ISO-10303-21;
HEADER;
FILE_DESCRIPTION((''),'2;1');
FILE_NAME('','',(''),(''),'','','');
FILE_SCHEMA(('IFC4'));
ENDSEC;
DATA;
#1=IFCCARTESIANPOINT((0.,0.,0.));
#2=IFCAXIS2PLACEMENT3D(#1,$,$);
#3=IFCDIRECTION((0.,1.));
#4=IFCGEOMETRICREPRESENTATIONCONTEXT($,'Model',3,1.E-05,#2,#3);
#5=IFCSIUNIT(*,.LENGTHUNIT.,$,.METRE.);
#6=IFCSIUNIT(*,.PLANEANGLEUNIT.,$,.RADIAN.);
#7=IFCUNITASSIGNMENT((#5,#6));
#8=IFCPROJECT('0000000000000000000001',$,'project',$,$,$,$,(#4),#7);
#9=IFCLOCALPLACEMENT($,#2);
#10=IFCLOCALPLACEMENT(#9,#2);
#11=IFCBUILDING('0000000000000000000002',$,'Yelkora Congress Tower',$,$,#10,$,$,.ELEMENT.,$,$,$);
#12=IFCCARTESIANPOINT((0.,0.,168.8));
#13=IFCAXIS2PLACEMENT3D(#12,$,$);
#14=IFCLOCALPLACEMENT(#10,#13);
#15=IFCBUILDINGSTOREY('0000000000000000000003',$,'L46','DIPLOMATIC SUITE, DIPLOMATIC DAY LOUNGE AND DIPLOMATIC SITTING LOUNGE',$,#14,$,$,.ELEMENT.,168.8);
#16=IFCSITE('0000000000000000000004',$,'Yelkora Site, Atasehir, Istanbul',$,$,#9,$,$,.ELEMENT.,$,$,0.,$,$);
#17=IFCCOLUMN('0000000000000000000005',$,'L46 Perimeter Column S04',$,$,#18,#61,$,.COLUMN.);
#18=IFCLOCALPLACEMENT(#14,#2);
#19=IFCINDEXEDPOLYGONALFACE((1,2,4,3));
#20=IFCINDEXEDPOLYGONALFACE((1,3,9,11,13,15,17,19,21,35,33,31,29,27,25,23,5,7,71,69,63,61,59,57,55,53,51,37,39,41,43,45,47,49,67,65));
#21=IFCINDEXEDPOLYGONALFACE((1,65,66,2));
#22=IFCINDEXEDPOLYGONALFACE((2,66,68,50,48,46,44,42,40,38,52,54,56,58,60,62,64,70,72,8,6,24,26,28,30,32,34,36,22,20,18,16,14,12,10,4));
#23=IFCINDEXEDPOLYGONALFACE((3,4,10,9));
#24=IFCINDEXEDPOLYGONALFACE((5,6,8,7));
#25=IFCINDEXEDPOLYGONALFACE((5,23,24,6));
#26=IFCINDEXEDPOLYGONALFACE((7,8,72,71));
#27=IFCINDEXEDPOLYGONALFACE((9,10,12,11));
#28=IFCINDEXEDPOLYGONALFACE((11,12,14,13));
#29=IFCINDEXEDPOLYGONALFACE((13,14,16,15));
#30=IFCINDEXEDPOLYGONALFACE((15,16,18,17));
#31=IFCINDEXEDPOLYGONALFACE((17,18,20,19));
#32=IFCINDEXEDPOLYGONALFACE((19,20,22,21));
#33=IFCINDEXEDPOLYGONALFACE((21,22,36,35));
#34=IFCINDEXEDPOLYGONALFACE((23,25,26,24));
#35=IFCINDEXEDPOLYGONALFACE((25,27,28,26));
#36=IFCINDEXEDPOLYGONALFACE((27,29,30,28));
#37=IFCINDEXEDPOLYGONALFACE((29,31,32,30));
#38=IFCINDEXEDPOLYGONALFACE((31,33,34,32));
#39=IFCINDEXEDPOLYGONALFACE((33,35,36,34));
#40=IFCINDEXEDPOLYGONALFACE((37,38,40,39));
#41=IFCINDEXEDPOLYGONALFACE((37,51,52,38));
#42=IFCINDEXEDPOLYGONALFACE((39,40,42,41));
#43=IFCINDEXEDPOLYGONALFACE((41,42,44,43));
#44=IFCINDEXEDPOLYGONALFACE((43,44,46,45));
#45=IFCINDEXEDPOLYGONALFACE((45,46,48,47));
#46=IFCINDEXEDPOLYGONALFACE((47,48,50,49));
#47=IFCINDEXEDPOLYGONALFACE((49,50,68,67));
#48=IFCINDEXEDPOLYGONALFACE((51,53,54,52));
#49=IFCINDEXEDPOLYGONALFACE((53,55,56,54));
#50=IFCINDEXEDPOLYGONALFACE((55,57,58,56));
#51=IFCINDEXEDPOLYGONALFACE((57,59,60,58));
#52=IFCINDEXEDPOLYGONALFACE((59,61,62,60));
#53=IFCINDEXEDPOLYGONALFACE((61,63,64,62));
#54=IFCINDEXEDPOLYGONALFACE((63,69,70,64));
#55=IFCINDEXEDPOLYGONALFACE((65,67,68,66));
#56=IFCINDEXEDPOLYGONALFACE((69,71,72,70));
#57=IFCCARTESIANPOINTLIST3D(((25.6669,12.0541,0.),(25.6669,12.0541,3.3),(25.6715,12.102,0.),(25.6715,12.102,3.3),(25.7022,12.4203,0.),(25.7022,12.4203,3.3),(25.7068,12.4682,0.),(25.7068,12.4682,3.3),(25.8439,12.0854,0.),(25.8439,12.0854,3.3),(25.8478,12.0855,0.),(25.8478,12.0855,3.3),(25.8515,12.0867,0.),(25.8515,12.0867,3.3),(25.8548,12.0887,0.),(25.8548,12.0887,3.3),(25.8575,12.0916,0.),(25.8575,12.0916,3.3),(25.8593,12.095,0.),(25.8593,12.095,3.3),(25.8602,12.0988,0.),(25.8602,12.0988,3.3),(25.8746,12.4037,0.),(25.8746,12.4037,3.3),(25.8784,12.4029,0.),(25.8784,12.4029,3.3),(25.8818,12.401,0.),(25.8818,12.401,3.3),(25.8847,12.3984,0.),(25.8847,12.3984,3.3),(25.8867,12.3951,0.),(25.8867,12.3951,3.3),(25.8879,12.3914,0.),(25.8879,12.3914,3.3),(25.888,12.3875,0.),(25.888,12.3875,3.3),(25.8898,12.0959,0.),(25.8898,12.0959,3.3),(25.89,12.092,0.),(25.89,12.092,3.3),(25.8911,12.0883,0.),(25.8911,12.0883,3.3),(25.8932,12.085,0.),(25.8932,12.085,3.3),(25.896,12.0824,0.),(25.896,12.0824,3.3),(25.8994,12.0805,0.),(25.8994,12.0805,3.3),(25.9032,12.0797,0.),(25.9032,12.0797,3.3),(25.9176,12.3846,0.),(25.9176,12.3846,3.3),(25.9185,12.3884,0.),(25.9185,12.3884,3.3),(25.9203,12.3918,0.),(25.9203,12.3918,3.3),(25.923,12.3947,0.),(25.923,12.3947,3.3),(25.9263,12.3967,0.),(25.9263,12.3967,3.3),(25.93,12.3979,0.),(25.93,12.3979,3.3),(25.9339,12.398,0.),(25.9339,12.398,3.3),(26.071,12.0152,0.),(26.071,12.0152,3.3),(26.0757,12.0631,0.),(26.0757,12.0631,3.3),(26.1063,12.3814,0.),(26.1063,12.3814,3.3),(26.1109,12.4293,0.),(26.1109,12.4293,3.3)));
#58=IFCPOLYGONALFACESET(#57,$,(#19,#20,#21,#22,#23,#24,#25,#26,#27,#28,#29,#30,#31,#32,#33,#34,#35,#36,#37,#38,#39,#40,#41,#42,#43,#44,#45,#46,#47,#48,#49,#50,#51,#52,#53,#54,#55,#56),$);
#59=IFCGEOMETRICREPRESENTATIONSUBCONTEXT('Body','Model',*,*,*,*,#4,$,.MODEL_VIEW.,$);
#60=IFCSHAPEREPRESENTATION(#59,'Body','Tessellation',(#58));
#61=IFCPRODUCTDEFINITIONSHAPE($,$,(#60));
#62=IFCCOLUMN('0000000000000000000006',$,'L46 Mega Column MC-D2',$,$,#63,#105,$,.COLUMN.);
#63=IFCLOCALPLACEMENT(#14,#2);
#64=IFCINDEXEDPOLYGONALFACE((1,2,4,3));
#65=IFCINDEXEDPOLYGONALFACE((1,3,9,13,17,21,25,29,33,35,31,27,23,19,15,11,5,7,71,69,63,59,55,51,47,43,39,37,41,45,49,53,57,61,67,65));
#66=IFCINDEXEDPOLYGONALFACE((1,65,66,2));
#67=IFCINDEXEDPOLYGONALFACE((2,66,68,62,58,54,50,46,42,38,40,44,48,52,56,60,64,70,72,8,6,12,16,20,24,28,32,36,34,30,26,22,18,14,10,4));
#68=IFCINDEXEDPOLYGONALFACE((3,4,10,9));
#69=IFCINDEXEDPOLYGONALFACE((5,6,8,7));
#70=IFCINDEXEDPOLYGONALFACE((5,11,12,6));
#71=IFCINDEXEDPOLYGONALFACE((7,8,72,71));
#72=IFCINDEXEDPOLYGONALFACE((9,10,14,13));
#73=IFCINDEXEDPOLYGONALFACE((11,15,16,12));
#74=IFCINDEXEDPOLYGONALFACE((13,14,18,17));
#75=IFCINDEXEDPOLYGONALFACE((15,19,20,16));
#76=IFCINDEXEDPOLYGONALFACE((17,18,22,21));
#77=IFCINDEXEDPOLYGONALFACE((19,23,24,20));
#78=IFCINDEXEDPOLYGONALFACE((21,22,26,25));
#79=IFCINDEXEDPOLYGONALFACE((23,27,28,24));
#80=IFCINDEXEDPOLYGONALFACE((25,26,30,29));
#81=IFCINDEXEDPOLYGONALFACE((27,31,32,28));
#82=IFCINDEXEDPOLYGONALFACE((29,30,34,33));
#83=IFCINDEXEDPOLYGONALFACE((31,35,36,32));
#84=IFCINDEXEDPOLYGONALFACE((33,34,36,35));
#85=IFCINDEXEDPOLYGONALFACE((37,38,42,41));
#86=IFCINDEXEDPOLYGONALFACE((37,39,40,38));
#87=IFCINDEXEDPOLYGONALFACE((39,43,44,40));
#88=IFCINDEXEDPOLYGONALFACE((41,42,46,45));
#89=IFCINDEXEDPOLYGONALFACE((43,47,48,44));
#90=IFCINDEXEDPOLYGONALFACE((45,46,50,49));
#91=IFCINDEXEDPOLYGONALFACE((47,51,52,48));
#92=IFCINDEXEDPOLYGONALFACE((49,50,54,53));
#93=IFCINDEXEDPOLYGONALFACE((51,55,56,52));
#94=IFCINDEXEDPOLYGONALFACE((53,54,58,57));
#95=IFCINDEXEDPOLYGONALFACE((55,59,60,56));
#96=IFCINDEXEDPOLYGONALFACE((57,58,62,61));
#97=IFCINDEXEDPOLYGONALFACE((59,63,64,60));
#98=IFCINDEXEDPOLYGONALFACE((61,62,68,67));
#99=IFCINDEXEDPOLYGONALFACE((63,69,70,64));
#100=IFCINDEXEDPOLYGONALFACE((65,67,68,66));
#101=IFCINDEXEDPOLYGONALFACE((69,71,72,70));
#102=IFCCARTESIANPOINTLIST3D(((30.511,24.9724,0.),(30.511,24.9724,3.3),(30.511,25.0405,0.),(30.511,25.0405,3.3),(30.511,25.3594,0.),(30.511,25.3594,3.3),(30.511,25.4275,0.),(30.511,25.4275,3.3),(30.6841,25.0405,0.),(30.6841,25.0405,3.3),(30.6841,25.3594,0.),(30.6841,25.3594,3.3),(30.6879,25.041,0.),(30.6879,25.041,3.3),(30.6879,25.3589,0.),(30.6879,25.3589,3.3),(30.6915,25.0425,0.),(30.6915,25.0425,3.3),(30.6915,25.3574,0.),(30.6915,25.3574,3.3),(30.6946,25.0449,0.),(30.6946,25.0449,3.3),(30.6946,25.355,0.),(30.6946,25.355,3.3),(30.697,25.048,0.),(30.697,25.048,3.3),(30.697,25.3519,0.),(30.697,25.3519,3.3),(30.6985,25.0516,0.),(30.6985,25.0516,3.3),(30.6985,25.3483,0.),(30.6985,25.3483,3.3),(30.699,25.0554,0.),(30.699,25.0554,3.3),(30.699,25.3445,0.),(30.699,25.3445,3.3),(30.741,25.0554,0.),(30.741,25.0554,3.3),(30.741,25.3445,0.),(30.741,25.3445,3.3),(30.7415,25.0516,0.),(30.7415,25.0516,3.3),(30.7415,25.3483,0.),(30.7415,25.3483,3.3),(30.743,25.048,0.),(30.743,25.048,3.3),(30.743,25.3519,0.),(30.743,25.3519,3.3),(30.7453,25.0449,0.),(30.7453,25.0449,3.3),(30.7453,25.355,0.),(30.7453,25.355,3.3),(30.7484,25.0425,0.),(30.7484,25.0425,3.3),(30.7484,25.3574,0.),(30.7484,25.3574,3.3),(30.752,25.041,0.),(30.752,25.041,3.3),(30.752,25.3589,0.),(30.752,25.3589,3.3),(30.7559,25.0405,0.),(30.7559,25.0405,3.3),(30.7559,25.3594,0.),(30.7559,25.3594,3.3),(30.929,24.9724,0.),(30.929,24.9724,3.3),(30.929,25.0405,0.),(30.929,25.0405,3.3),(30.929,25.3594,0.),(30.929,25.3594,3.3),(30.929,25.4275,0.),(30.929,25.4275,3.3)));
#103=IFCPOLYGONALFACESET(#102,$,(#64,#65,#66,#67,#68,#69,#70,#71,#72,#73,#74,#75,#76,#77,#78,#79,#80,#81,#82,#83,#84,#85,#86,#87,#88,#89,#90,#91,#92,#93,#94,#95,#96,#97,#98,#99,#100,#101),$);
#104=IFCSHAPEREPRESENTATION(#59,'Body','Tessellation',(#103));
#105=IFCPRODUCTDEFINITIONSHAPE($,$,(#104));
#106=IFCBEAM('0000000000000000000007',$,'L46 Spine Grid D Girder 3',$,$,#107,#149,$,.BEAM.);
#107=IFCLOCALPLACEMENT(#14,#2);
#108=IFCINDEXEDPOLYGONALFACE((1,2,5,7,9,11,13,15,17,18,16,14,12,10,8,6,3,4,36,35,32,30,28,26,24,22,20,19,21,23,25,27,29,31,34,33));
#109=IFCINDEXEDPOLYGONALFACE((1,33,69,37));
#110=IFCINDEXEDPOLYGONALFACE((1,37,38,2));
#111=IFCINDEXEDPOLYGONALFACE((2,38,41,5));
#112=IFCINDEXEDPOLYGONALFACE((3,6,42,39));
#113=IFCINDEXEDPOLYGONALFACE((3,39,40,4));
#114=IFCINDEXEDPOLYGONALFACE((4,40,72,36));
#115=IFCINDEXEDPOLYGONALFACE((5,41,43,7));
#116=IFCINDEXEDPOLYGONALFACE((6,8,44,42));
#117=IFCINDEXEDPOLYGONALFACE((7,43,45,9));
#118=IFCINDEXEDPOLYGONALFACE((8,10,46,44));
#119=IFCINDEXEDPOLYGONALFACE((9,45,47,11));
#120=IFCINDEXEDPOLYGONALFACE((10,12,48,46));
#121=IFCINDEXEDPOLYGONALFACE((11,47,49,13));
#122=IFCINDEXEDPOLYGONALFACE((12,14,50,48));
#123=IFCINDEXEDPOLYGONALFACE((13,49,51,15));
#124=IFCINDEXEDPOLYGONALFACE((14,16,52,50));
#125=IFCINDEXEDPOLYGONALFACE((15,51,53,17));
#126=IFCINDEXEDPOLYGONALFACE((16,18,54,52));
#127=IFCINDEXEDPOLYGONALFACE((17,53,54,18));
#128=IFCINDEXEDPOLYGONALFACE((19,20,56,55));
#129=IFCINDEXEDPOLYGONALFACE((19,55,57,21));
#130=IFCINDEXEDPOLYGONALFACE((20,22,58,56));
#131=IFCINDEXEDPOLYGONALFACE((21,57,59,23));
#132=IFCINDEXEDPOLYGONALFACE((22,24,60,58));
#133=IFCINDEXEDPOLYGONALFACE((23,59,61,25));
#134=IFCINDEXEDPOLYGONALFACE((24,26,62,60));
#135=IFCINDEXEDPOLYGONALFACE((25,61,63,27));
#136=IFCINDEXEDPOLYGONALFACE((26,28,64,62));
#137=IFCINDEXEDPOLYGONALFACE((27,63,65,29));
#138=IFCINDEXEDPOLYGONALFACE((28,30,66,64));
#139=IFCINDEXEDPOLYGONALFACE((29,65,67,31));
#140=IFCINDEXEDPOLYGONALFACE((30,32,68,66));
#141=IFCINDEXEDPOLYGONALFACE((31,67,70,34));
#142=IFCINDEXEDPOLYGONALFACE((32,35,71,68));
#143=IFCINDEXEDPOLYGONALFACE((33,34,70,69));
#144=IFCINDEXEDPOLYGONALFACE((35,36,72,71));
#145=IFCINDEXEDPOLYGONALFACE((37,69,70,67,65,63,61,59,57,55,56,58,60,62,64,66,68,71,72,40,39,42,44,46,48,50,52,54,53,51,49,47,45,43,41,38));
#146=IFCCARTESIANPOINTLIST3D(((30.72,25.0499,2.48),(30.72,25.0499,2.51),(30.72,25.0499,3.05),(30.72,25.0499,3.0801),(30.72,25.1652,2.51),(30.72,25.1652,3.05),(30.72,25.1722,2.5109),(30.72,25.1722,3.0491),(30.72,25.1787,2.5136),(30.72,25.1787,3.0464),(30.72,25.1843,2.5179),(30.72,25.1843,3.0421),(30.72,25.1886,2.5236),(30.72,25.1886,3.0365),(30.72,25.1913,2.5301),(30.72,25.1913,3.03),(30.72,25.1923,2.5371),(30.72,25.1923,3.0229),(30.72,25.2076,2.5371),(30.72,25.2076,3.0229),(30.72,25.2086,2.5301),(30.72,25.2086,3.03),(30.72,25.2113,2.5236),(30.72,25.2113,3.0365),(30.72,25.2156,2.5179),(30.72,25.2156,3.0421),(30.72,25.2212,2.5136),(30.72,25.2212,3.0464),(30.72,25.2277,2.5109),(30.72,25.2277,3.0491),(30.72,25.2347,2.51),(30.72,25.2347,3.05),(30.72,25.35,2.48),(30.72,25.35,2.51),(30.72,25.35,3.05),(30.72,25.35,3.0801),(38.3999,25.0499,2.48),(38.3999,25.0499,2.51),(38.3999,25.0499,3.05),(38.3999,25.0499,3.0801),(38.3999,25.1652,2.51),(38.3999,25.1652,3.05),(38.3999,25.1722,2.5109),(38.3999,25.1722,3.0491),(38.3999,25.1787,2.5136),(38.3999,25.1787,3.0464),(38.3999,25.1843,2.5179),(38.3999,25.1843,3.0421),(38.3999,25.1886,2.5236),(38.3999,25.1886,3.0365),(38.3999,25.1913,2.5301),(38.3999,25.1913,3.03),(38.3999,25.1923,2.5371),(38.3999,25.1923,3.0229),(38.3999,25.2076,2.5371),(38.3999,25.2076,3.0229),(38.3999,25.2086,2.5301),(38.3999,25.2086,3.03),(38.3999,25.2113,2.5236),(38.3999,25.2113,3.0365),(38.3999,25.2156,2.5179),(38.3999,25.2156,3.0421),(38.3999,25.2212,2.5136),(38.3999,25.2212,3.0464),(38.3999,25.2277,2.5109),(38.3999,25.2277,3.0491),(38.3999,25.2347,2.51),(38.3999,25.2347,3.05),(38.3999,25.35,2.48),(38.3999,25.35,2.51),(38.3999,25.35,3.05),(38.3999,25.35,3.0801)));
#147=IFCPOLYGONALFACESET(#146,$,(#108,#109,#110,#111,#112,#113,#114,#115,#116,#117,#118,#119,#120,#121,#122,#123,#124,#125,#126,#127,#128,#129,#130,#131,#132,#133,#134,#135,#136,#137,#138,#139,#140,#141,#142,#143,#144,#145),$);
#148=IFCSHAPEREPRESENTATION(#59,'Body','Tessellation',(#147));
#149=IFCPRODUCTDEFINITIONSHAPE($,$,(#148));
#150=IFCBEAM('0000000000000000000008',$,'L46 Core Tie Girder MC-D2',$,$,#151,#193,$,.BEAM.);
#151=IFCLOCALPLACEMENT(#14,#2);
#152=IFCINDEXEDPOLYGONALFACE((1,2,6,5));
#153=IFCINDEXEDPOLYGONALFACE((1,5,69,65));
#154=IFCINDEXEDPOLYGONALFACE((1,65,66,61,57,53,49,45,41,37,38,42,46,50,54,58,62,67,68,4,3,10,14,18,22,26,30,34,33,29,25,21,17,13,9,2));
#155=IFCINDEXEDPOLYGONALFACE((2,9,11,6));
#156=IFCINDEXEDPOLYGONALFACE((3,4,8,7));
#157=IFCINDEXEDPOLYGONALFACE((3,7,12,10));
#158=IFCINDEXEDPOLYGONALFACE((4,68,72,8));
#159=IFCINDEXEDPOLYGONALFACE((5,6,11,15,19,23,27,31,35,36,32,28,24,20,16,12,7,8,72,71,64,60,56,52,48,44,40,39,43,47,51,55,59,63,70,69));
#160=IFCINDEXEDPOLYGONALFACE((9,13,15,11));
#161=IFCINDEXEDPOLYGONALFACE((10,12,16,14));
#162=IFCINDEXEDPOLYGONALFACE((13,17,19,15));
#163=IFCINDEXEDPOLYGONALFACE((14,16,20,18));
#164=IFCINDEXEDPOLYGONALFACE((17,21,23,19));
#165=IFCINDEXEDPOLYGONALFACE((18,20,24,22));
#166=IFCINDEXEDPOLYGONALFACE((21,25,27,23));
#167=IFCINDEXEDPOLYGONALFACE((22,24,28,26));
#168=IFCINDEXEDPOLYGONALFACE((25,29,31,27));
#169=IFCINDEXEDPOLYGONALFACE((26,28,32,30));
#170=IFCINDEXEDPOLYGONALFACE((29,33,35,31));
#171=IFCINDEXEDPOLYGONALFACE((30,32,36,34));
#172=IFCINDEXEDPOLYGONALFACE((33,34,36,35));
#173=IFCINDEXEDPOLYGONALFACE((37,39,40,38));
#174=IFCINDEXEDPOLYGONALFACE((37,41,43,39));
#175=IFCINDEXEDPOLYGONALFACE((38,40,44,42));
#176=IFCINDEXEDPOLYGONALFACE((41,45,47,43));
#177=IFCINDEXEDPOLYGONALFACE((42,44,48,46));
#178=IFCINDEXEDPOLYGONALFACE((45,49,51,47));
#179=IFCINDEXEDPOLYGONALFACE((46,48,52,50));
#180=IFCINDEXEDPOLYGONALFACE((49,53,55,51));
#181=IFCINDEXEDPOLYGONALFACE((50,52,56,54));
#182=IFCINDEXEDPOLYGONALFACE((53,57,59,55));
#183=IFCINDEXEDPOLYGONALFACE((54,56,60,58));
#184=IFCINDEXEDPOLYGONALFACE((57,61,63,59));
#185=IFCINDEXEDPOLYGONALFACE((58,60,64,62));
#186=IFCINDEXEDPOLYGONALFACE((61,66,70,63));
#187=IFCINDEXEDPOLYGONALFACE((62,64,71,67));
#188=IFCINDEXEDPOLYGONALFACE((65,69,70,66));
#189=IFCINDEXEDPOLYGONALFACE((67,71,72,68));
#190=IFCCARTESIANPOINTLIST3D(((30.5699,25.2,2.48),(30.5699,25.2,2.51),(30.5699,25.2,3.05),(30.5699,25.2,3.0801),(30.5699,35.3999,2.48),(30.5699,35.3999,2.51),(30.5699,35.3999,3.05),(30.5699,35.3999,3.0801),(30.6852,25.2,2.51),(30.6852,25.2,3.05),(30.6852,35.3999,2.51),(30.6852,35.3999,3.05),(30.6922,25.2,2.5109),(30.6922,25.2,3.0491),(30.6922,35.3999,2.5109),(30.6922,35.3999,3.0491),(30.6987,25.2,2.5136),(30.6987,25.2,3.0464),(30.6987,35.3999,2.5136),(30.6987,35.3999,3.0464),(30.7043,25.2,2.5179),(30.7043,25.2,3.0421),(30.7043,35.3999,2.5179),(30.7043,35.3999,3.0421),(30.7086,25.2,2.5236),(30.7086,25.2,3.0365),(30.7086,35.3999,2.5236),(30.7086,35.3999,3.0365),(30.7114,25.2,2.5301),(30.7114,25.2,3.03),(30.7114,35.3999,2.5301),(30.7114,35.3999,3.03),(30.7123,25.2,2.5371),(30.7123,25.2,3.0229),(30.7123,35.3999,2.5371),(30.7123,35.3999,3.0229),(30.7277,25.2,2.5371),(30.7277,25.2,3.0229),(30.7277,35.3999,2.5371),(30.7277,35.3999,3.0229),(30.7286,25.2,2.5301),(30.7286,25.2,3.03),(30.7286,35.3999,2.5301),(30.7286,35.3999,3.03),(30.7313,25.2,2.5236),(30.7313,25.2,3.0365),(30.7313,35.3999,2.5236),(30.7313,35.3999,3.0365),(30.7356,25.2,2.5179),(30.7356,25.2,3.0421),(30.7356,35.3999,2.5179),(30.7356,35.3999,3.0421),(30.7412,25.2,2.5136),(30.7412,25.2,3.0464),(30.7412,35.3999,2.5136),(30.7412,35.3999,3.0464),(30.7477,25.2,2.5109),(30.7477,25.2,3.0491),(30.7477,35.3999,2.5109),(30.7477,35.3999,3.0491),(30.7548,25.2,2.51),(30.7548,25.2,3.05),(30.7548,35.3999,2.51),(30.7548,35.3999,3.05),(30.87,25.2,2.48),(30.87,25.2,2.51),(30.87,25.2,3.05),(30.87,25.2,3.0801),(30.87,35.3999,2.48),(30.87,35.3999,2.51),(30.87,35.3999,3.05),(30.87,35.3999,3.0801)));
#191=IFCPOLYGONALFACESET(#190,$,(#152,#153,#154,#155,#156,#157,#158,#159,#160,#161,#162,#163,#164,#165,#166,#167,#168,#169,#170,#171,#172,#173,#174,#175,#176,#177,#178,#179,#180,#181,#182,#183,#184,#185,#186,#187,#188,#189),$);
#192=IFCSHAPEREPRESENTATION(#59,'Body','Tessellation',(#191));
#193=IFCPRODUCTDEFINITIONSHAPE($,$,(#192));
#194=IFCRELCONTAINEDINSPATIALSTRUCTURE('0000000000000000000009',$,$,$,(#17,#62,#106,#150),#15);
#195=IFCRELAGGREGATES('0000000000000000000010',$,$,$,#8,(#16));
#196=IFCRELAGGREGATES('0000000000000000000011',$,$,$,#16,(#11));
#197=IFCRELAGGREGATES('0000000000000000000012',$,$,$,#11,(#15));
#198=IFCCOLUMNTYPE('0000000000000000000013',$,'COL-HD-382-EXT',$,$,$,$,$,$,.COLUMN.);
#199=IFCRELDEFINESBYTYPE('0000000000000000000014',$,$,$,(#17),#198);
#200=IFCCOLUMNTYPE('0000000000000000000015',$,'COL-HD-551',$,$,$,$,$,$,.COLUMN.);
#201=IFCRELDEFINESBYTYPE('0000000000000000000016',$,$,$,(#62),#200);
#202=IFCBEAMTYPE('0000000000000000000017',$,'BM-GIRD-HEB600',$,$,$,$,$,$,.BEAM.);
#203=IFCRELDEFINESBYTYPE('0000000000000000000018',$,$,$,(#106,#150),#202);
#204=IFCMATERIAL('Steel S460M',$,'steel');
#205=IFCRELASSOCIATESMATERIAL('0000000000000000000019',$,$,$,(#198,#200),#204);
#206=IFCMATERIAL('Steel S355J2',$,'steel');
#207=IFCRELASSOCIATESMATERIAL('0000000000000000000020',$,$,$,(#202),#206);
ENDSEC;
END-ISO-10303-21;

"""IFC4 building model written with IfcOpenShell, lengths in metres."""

from ifc_helpers import new_model, si_unit, direction, frame, origin, origin_2d, place, context, subcontext, project, spatial, i_section, extrude, material, material_profile, profile_set, type_object, element, save


model = new_model("IFC4")

# Units and contexts
model_context = context("Model", 3, precision=1e-05, world=origin(), true_north=direction((0.0, 1.0)))
body_context = subcontext(model_context, "Body", "Model", "MODEL_VIEW")
ifc_project = project(units=[si_unit("LENGTHUNIT", "METRE"), si_unit("PLANEANGLEUNIT", "RADIAN")], contexts=[model_context])

# Site, building, storey
site_placement = place(None, origin())
site = spatial("IfcSite", under=ifc_project, at=site_placement, Name="Yelkora Site, Atasehir, Istanbul", CompositionType="ELEMENT", RefElevation=0.0)
building_placement = place(site_placement, origin())
building = spatial("IfcBuilding", under=site, at=building_placement, Name="Yelkora Congress Tower", CompositionType="ELEMENT")
storey_placement = place(building_placement, frame((0.0, 0.0, 168.8)))
storey = spatial("IfcBuildingStorey", under=building, at=storey_placement, Name="L46", Description="DIPLOMATIC SUITE, DIPLOMATIC DAY LOUNGE AND DIPLOMATIC SITTING LOUNGE", CompositionType="ELEMENT", Elevation=168.8)

# Columns
ifc_material_1 = material(Name="Steel S460M", Category="steel")
ifc_material_profile_1 = material_profile(ifc_material_1, i_section(OverallWidth=0.406, OverallDepth=0.416, WebThickness=0.0298, FlangeThickness=0.0481, FilletRadius=0.0149, at=origin_2d()), Name="HD 400x382")
ifc_profile_set_1 = profile_set([ifc_material_profile_1], Name="Steel S460M")
column_type_1 = type_object("IfcColumnType", Name="COL-HD-382-EXT", PredefinedType="COLUMN", material=ifc_profile_set_1)
column_1_placement = place(storey_placement, frame((25.8889, 12.2417, 0.0), z_axis=(0.0, 0.0, 1.0), x_axis=(0.995396, -0.095846, 0.0)))
element("IfcColumn", 1, at=column_1_placement, inside=storey, type_object=column_type_1, Name="L46 Perimeter Column S04", PredefinedType="COLUMN", context=body_context, shape_type="SweptSolid", body=[
    extrude(i_section(OverallWidth=0.406, OverallDepth=0.416, WebThickness=0.0298, FlangeThickness=0.0481, FilletRadius=0.0149, at=origin_2d()), origin(), (0.0, 0.0, 1.0), 3.3),
])
ifc_material_profile_2 = material_profile(ifc_material_1, i_section(OverallWidth=0.418, OverallDepth=0.4551, WebThickness=0.042, FlangeThickness=0.0681, FilletRadius=0.0149, at=origin_2d()), Name="HD 400x551")
ifc_profile_set_2 = profile_set([ifc_material_profile_2], Name="Steel S460M")
column_type_2 = type_object("IfcColumnType", Name="COL-HD-551", PredefinedType="COLUMN", material=ifc_profile_set_2)
column_2_placement = place(storey_placement, frame((30.72, 25.2, 0.0), z_axis=(0.0, 0.0, 1.0), x_axis=(1.0, 0.0, 0.0)))
element("IfcColumn", 2, at=column_2_placement, inside=storey, type_object=column_type_2, Name="L46 Mega Column MC-D2", PredefinedType="COLUMN", context=body_context, shape_type="SweptSolid", body=[
    extrude(i_section(OverallWidth=0.418, OverallDepth=0.4551, WebThickness=0.042, FlangeThickness=0.0681, FilletRadius=0.0149, at=origin_2d()), origin(), (0.0, 0.0, 1.0), 3.3),
])

# Beams
ifc_material_2 = material(Name="Steel S355J2", Category="steel")
ifc_material_profile_3 = material_profile(ifc_material_2, i_section(OverallWidth=0.3, OverallDepth=0.6001, WebThickness=0.0154, FlangeThickness=0.03, FilletRadius=0.0271, at=origin_2d()), Name="HEB 600")
ifc_profile_set_3 = profile_set([ifc_material_profile_3], Name="Steel S355J2")
beam_type_1 = type_object("IfcBeamType", Name="BM-GIRD-HEB600", PredefinedType="BEAM", material=ifc_profile_set_3)
beam_1_placement = place(storey_placement, frame((30.72, 25.2, 2.78), z_axis=(1.0, 0.0, 0.0), x_axis=(0.0, 1.0, 0.0)))
element("IfcBeam", 3, at=beam_1_placement, inside=storey, type_object=beam_type_1, Name="L46 Spine Grid D Girder 3", PredefinedType="BEAM", context=body_context, shape_type="SweptSolid", body=[
    extrude(i_section(OverallWidth=0.3, OverallDepth=0.6001, WebThickness=0.0154, FlangeThickness=0.03, FilletRadius=0.0271, at=origin_2d()), origin(), (0.0, 0.0, 1.0), 7.6799),
])
beam_2_placement = place(storey_placement, frame((30.72, 25.2, 2.78), z_axis=(0.0, 1.0, 0.0), x_axis=(-1.0, 0.0, 0.0)))
element("IfcBeam", 4, at=beam_2_placement, inside=storey, type_object=beam_type_1, Name="L46 Core Tie Girder MC-D2", PredefinedType="BEAM", context=body_context, shape_type="SweptSolid", body=[
    extrude(i_section(OverallWidth=0.3, OverallDepth=0.6001, WebThickness=0.0154, FlangeThickness=0.03, FilletRadius=0.0271, at=origin_2d()), origin(), (0.0, 0.0, 1.0), 10.2),
])

save(model, "model.ifc")
